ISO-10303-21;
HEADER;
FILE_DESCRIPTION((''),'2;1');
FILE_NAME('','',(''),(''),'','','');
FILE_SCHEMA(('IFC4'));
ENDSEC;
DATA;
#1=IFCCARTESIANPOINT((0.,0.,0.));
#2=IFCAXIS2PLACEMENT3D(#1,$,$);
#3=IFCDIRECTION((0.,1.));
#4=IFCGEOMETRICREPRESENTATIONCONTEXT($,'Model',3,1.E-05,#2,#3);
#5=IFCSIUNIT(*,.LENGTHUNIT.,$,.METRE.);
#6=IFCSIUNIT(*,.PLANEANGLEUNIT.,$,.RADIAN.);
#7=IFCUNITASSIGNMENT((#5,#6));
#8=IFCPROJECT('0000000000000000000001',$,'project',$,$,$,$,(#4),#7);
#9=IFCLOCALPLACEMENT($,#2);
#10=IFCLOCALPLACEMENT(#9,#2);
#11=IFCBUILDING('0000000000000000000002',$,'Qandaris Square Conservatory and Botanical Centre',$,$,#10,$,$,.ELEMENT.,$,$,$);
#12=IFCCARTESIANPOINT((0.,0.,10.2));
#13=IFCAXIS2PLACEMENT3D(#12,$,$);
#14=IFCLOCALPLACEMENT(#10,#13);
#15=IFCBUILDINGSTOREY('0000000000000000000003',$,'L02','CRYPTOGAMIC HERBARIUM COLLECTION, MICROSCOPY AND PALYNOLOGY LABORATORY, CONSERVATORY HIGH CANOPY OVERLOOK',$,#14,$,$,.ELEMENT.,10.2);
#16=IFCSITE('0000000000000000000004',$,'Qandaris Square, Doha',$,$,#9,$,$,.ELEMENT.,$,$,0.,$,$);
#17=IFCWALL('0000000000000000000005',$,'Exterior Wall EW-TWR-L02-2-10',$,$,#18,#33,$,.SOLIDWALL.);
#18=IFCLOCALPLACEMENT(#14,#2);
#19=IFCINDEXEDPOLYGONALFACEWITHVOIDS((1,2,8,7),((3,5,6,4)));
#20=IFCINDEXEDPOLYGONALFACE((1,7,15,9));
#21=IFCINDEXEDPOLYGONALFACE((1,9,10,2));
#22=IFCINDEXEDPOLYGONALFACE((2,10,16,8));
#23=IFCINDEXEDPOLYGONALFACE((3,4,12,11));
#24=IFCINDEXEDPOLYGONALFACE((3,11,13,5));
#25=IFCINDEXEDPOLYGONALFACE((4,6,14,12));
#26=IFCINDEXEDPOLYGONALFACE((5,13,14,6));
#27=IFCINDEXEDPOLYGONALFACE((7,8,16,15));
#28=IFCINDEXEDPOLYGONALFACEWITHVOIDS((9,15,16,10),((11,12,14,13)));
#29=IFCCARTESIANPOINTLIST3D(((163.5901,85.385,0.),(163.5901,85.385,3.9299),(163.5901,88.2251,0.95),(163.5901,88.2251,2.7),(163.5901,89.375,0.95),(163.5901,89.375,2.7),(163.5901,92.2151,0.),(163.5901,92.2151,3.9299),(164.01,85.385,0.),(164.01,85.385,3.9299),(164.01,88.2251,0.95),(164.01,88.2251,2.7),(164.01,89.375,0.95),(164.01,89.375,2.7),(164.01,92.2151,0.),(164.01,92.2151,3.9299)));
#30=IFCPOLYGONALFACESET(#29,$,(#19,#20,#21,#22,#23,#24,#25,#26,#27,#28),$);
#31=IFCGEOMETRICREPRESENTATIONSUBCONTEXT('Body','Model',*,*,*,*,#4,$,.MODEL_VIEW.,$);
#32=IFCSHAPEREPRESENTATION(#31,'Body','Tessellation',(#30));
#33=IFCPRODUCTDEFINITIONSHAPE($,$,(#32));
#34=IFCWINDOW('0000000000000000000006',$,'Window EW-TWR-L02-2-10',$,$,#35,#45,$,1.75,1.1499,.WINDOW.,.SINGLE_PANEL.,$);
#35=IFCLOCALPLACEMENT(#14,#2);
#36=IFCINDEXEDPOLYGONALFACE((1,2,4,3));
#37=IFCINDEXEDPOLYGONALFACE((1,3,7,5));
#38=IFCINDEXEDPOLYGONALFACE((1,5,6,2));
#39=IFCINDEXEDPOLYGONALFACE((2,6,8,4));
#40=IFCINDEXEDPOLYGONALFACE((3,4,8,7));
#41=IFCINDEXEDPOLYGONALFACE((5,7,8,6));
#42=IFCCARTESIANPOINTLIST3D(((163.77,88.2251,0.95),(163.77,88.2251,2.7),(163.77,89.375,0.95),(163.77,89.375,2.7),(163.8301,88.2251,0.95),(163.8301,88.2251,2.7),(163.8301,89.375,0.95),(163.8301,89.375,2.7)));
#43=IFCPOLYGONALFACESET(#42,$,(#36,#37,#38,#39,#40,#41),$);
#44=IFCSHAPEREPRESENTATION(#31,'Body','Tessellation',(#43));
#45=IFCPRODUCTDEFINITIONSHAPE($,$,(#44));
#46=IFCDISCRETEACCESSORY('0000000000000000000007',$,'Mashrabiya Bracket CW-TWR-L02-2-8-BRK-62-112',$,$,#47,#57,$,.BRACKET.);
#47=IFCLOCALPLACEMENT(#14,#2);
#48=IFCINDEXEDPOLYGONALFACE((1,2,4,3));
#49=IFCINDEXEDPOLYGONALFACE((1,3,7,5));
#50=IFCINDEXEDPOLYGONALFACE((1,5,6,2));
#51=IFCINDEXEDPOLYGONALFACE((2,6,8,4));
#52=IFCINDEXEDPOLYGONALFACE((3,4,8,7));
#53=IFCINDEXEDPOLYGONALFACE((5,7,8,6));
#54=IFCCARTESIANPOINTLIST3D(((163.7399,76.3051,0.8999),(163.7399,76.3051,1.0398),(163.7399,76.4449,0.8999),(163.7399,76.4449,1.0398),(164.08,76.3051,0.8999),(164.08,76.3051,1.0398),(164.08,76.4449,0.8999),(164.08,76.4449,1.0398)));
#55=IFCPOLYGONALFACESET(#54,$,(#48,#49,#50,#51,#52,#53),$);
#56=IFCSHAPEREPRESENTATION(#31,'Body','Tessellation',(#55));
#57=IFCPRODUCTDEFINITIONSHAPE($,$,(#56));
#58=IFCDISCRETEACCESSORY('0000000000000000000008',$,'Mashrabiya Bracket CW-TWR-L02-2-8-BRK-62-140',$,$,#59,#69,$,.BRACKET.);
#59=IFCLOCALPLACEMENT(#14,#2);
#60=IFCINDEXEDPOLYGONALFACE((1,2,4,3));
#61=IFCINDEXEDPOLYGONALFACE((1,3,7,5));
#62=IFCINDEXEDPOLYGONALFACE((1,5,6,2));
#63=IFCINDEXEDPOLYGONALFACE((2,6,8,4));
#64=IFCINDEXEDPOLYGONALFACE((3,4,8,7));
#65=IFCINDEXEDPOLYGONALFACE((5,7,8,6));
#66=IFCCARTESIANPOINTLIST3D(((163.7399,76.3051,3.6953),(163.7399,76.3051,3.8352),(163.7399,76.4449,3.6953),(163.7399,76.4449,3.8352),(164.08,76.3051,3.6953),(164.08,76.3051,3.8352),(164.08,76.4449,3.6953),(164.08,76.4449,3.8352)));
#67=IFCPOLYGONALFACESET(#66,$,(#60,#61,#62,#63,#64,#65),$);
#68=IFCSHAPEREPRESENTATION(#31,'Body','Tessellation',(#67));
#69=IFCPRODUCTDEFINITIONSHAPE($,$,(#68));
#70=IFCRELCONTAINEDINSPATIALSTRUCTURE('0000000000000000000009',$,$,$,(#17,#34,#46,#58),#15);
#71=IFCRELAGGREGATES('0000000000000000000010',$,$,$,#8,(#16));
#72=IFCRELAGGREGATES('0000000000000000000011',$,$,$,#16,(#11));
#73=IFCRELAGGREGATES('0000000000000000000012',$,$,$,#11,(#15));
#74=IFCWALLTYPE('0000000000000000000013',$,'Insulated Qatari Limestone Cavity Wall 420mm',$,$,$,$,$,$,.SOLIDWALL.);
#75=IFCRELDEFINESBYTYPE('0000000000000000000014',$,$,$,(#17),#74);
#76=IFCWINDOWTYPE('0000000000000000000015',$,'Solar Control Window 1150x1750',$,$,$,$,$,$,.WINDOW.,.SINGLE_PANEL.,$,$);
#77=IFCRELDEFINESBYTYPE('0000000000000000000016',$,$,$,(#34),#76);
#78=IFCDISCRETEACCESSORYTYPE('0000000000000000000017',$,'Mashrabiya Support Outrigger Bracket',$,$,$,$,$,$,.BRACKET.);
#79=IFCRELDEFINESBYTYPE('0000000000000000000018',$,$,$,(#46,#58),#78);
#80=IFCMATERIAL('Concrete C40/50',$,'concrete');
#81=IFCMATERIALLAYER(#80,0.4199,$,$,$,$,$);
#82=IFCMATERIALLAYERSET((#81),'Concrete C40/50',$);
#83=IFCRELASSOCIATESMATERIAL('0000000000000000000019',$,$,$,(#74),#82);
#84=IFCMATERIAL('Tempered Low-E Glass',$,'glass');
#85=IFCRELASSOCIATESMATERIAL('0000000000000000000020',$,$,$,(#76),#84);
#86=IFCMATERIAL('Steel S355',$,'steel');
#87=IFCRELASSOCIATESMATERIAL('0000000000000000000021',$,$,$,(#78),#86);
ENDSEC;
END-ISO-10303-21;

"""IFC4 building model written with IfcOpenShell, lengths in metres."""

from ifc_helpers import new_model, si_unit, direction, frame, frame_2d, origin, origin_2d, place, context, subcontext, project, spatial, rectangle, extrude, material, layer, layer_set, type_object, element, fill, save


model = new_model("IFC4")

# Units and contexts
model_context = context("Model", 3, precision=1e-05, world=origin(), true_north=direction((0.0, 1.0)))
body_context = subcontext(model_context, "Body", "Model", "MODEL_VIEW")
ifc_project = project(units=[si_unit("LENGTHUNIT", "METRE"), si_unit("PLANEANGLEUNIT", "RADIAN")], contexts=[model_context])

# Site, building, storey
site_placement = place(None, origin())
site = spatial("IfcSite", under=ifc_project, at=site_placement, Name="Qandaris Square, Doha", CompositionType="ELEMENT", RefElevation=0.0)
building_placement = place(site_placement, origin())
building = spatial("IfcBuilding", under=site, at=building_placement, Name="Qandaris Square Conservatory and Botanical Centre", CompositionType="ELEMENT")
storey_placement = place(building_placement, frame((0.0, 0.0, 10.2)))
storey = spatial("IfcBuildingStorey", under=building, at=storey_placement, Name="L02", Description="CRYPTOGAMIC HERBARIUM COLLECTION, MICROSCOPY AND PALYNOLOGY LABORATORY, CONSERVATORY HIGH CANOPY OVERLOOK", CompositionType="ELEMENT", Elevation=10.2)

# Shared definitions
ifc_material_1 = material(Name="Steel S355", Category="steel")

# Shared definitions
ifc_material_2 = material(Name="Tempered Low-E Glass", Category="glass")

# Wall, opening, window
ifc_material_3 = material(Name="Concrete C40/50", Category="concrete")
ifc_layer_1 = layer(ifc_material_3, 0.4199)
ifc_layer_set_1 = layer_set([ifc_layer_1], Name="Concrete C40/50")
wall_type = type_object("IfcWallType", Name="Insulated Qatari Limestone Cavity Wall 420mm", PredefinedType="SOLIDWALL", material=ifc_layer_set_1)
wall_1_placement = place(storey_placement, frame((163.8, 85.385, 0.0), z_axis=(0.0, 0.0, 1.0), x_axis=(0.0, 1.0, 0.0)))
wall_1 = element("IfcWall", 1, at=wall_1_placement, inside=storey, type_object=wall_type, Name="Exterior Wall EW-TWR-L02-2-10", PredefinedType="SOLIDWALL", context=body_context, shape_type="SweptSolid", body=[
    extrude(rectangle(XDim=6.8301, YDim=0.4199, at=frame_2d((3.415, 0.0))), origin(), (0.0, 0.0, 1.0), 3.9299),
])
opening_1_placement = place(wall_1_placement, frame((2.8401, 0.0, 0.95)))
opening_1 = element("IfcOpeningElement", 2, at=opening_1_placement, cuts=wall_1, PredefinedType="OPENING", context=body_context, shape_type="SweptSolid", body=[
    extrude(rectangle(XDim=1.1499, YDim=1.75, at=frame_2d((0.575, 0.875))), frame((0.0, 0.2219, 0.0), z_axis=(0.0, -1.0, 0.0), x_axis=(1.0, 0.0, 0.0)), (0.0, 0.0, 1.0), 0.4438),
])
window_type_1 = type_object("IfcWindowType", Name="Solar Control Window 1150x1750", PartitioningType="SINGLE_PANEL", PredefinedType="WINDOW", material=ifc_material_2)
window_1_placement = place(opening_1_placement, origin())
window_1 = element("IfcWindow", 3, at=window_1_placement, inside=storey, type_object=window_type_1, Name="Window EW-TWR-L02-2-10", OverallHeight=1.75, OverallWidth=1.1499, PartitioningType="SINGLE_PANEL", PredefinedType="WINDOW", context=body_context, shape_type="SweptSolid", body=[
    extrude(rectangle(XDim=1.1499, YDim=1.75, at=frame_2d((0.575, 0.875))), frame((0.0, 0.03, 0.0), z_axis=(0.0, -1.0, 0.0), x_axis=(1.0, 0.0, 0.0)), (0.0, 0.0, 1.0), 0.0601),
])
fill(opening_1, window_1)

# Discrete accessories
discrete_accessory_type = type_object("IfcDiscreteAccessoryType", Name="Mashrabiya Support Outrigger Bracket", PredefinedType="BRACKET", material=ifc_material_1)
for number, where, z_axis, x_axis, name in (
    (4, (163.9099, 76.375, 0.8999), (0.0, 0.0, 1.0), (0.0, 1.0, 0.0), "Mashrabiya Bracket CW-TWR-L02-2-8-BRK-62-112"),
    (5, (163.9099, 76.375, 3.6953), (0.0, 0.0, 1.0), (0.0, 1.0, 0.0), "Mashrabiya Bracket CW-TWR-L02-2-8-BRK-62-140"),
):
    element("IfcDiscreteAccessory", number, at=place(storey_placement, frame(where, z_axis=z_axis, x_axis=x_axis)), inside=storey, type_object=discrete_accessory_type, Name=name, PredefinedType="BRACKET", context=body_context, shape_type="SweptSolid", body=[
        extrude(rectangle(XDim=0.1399, YDim=0.3401, at=origin_2d()), origin(), (0.0, 0.0, 1.0), 0.1399),
    ])

save(model, "model.ifc")
